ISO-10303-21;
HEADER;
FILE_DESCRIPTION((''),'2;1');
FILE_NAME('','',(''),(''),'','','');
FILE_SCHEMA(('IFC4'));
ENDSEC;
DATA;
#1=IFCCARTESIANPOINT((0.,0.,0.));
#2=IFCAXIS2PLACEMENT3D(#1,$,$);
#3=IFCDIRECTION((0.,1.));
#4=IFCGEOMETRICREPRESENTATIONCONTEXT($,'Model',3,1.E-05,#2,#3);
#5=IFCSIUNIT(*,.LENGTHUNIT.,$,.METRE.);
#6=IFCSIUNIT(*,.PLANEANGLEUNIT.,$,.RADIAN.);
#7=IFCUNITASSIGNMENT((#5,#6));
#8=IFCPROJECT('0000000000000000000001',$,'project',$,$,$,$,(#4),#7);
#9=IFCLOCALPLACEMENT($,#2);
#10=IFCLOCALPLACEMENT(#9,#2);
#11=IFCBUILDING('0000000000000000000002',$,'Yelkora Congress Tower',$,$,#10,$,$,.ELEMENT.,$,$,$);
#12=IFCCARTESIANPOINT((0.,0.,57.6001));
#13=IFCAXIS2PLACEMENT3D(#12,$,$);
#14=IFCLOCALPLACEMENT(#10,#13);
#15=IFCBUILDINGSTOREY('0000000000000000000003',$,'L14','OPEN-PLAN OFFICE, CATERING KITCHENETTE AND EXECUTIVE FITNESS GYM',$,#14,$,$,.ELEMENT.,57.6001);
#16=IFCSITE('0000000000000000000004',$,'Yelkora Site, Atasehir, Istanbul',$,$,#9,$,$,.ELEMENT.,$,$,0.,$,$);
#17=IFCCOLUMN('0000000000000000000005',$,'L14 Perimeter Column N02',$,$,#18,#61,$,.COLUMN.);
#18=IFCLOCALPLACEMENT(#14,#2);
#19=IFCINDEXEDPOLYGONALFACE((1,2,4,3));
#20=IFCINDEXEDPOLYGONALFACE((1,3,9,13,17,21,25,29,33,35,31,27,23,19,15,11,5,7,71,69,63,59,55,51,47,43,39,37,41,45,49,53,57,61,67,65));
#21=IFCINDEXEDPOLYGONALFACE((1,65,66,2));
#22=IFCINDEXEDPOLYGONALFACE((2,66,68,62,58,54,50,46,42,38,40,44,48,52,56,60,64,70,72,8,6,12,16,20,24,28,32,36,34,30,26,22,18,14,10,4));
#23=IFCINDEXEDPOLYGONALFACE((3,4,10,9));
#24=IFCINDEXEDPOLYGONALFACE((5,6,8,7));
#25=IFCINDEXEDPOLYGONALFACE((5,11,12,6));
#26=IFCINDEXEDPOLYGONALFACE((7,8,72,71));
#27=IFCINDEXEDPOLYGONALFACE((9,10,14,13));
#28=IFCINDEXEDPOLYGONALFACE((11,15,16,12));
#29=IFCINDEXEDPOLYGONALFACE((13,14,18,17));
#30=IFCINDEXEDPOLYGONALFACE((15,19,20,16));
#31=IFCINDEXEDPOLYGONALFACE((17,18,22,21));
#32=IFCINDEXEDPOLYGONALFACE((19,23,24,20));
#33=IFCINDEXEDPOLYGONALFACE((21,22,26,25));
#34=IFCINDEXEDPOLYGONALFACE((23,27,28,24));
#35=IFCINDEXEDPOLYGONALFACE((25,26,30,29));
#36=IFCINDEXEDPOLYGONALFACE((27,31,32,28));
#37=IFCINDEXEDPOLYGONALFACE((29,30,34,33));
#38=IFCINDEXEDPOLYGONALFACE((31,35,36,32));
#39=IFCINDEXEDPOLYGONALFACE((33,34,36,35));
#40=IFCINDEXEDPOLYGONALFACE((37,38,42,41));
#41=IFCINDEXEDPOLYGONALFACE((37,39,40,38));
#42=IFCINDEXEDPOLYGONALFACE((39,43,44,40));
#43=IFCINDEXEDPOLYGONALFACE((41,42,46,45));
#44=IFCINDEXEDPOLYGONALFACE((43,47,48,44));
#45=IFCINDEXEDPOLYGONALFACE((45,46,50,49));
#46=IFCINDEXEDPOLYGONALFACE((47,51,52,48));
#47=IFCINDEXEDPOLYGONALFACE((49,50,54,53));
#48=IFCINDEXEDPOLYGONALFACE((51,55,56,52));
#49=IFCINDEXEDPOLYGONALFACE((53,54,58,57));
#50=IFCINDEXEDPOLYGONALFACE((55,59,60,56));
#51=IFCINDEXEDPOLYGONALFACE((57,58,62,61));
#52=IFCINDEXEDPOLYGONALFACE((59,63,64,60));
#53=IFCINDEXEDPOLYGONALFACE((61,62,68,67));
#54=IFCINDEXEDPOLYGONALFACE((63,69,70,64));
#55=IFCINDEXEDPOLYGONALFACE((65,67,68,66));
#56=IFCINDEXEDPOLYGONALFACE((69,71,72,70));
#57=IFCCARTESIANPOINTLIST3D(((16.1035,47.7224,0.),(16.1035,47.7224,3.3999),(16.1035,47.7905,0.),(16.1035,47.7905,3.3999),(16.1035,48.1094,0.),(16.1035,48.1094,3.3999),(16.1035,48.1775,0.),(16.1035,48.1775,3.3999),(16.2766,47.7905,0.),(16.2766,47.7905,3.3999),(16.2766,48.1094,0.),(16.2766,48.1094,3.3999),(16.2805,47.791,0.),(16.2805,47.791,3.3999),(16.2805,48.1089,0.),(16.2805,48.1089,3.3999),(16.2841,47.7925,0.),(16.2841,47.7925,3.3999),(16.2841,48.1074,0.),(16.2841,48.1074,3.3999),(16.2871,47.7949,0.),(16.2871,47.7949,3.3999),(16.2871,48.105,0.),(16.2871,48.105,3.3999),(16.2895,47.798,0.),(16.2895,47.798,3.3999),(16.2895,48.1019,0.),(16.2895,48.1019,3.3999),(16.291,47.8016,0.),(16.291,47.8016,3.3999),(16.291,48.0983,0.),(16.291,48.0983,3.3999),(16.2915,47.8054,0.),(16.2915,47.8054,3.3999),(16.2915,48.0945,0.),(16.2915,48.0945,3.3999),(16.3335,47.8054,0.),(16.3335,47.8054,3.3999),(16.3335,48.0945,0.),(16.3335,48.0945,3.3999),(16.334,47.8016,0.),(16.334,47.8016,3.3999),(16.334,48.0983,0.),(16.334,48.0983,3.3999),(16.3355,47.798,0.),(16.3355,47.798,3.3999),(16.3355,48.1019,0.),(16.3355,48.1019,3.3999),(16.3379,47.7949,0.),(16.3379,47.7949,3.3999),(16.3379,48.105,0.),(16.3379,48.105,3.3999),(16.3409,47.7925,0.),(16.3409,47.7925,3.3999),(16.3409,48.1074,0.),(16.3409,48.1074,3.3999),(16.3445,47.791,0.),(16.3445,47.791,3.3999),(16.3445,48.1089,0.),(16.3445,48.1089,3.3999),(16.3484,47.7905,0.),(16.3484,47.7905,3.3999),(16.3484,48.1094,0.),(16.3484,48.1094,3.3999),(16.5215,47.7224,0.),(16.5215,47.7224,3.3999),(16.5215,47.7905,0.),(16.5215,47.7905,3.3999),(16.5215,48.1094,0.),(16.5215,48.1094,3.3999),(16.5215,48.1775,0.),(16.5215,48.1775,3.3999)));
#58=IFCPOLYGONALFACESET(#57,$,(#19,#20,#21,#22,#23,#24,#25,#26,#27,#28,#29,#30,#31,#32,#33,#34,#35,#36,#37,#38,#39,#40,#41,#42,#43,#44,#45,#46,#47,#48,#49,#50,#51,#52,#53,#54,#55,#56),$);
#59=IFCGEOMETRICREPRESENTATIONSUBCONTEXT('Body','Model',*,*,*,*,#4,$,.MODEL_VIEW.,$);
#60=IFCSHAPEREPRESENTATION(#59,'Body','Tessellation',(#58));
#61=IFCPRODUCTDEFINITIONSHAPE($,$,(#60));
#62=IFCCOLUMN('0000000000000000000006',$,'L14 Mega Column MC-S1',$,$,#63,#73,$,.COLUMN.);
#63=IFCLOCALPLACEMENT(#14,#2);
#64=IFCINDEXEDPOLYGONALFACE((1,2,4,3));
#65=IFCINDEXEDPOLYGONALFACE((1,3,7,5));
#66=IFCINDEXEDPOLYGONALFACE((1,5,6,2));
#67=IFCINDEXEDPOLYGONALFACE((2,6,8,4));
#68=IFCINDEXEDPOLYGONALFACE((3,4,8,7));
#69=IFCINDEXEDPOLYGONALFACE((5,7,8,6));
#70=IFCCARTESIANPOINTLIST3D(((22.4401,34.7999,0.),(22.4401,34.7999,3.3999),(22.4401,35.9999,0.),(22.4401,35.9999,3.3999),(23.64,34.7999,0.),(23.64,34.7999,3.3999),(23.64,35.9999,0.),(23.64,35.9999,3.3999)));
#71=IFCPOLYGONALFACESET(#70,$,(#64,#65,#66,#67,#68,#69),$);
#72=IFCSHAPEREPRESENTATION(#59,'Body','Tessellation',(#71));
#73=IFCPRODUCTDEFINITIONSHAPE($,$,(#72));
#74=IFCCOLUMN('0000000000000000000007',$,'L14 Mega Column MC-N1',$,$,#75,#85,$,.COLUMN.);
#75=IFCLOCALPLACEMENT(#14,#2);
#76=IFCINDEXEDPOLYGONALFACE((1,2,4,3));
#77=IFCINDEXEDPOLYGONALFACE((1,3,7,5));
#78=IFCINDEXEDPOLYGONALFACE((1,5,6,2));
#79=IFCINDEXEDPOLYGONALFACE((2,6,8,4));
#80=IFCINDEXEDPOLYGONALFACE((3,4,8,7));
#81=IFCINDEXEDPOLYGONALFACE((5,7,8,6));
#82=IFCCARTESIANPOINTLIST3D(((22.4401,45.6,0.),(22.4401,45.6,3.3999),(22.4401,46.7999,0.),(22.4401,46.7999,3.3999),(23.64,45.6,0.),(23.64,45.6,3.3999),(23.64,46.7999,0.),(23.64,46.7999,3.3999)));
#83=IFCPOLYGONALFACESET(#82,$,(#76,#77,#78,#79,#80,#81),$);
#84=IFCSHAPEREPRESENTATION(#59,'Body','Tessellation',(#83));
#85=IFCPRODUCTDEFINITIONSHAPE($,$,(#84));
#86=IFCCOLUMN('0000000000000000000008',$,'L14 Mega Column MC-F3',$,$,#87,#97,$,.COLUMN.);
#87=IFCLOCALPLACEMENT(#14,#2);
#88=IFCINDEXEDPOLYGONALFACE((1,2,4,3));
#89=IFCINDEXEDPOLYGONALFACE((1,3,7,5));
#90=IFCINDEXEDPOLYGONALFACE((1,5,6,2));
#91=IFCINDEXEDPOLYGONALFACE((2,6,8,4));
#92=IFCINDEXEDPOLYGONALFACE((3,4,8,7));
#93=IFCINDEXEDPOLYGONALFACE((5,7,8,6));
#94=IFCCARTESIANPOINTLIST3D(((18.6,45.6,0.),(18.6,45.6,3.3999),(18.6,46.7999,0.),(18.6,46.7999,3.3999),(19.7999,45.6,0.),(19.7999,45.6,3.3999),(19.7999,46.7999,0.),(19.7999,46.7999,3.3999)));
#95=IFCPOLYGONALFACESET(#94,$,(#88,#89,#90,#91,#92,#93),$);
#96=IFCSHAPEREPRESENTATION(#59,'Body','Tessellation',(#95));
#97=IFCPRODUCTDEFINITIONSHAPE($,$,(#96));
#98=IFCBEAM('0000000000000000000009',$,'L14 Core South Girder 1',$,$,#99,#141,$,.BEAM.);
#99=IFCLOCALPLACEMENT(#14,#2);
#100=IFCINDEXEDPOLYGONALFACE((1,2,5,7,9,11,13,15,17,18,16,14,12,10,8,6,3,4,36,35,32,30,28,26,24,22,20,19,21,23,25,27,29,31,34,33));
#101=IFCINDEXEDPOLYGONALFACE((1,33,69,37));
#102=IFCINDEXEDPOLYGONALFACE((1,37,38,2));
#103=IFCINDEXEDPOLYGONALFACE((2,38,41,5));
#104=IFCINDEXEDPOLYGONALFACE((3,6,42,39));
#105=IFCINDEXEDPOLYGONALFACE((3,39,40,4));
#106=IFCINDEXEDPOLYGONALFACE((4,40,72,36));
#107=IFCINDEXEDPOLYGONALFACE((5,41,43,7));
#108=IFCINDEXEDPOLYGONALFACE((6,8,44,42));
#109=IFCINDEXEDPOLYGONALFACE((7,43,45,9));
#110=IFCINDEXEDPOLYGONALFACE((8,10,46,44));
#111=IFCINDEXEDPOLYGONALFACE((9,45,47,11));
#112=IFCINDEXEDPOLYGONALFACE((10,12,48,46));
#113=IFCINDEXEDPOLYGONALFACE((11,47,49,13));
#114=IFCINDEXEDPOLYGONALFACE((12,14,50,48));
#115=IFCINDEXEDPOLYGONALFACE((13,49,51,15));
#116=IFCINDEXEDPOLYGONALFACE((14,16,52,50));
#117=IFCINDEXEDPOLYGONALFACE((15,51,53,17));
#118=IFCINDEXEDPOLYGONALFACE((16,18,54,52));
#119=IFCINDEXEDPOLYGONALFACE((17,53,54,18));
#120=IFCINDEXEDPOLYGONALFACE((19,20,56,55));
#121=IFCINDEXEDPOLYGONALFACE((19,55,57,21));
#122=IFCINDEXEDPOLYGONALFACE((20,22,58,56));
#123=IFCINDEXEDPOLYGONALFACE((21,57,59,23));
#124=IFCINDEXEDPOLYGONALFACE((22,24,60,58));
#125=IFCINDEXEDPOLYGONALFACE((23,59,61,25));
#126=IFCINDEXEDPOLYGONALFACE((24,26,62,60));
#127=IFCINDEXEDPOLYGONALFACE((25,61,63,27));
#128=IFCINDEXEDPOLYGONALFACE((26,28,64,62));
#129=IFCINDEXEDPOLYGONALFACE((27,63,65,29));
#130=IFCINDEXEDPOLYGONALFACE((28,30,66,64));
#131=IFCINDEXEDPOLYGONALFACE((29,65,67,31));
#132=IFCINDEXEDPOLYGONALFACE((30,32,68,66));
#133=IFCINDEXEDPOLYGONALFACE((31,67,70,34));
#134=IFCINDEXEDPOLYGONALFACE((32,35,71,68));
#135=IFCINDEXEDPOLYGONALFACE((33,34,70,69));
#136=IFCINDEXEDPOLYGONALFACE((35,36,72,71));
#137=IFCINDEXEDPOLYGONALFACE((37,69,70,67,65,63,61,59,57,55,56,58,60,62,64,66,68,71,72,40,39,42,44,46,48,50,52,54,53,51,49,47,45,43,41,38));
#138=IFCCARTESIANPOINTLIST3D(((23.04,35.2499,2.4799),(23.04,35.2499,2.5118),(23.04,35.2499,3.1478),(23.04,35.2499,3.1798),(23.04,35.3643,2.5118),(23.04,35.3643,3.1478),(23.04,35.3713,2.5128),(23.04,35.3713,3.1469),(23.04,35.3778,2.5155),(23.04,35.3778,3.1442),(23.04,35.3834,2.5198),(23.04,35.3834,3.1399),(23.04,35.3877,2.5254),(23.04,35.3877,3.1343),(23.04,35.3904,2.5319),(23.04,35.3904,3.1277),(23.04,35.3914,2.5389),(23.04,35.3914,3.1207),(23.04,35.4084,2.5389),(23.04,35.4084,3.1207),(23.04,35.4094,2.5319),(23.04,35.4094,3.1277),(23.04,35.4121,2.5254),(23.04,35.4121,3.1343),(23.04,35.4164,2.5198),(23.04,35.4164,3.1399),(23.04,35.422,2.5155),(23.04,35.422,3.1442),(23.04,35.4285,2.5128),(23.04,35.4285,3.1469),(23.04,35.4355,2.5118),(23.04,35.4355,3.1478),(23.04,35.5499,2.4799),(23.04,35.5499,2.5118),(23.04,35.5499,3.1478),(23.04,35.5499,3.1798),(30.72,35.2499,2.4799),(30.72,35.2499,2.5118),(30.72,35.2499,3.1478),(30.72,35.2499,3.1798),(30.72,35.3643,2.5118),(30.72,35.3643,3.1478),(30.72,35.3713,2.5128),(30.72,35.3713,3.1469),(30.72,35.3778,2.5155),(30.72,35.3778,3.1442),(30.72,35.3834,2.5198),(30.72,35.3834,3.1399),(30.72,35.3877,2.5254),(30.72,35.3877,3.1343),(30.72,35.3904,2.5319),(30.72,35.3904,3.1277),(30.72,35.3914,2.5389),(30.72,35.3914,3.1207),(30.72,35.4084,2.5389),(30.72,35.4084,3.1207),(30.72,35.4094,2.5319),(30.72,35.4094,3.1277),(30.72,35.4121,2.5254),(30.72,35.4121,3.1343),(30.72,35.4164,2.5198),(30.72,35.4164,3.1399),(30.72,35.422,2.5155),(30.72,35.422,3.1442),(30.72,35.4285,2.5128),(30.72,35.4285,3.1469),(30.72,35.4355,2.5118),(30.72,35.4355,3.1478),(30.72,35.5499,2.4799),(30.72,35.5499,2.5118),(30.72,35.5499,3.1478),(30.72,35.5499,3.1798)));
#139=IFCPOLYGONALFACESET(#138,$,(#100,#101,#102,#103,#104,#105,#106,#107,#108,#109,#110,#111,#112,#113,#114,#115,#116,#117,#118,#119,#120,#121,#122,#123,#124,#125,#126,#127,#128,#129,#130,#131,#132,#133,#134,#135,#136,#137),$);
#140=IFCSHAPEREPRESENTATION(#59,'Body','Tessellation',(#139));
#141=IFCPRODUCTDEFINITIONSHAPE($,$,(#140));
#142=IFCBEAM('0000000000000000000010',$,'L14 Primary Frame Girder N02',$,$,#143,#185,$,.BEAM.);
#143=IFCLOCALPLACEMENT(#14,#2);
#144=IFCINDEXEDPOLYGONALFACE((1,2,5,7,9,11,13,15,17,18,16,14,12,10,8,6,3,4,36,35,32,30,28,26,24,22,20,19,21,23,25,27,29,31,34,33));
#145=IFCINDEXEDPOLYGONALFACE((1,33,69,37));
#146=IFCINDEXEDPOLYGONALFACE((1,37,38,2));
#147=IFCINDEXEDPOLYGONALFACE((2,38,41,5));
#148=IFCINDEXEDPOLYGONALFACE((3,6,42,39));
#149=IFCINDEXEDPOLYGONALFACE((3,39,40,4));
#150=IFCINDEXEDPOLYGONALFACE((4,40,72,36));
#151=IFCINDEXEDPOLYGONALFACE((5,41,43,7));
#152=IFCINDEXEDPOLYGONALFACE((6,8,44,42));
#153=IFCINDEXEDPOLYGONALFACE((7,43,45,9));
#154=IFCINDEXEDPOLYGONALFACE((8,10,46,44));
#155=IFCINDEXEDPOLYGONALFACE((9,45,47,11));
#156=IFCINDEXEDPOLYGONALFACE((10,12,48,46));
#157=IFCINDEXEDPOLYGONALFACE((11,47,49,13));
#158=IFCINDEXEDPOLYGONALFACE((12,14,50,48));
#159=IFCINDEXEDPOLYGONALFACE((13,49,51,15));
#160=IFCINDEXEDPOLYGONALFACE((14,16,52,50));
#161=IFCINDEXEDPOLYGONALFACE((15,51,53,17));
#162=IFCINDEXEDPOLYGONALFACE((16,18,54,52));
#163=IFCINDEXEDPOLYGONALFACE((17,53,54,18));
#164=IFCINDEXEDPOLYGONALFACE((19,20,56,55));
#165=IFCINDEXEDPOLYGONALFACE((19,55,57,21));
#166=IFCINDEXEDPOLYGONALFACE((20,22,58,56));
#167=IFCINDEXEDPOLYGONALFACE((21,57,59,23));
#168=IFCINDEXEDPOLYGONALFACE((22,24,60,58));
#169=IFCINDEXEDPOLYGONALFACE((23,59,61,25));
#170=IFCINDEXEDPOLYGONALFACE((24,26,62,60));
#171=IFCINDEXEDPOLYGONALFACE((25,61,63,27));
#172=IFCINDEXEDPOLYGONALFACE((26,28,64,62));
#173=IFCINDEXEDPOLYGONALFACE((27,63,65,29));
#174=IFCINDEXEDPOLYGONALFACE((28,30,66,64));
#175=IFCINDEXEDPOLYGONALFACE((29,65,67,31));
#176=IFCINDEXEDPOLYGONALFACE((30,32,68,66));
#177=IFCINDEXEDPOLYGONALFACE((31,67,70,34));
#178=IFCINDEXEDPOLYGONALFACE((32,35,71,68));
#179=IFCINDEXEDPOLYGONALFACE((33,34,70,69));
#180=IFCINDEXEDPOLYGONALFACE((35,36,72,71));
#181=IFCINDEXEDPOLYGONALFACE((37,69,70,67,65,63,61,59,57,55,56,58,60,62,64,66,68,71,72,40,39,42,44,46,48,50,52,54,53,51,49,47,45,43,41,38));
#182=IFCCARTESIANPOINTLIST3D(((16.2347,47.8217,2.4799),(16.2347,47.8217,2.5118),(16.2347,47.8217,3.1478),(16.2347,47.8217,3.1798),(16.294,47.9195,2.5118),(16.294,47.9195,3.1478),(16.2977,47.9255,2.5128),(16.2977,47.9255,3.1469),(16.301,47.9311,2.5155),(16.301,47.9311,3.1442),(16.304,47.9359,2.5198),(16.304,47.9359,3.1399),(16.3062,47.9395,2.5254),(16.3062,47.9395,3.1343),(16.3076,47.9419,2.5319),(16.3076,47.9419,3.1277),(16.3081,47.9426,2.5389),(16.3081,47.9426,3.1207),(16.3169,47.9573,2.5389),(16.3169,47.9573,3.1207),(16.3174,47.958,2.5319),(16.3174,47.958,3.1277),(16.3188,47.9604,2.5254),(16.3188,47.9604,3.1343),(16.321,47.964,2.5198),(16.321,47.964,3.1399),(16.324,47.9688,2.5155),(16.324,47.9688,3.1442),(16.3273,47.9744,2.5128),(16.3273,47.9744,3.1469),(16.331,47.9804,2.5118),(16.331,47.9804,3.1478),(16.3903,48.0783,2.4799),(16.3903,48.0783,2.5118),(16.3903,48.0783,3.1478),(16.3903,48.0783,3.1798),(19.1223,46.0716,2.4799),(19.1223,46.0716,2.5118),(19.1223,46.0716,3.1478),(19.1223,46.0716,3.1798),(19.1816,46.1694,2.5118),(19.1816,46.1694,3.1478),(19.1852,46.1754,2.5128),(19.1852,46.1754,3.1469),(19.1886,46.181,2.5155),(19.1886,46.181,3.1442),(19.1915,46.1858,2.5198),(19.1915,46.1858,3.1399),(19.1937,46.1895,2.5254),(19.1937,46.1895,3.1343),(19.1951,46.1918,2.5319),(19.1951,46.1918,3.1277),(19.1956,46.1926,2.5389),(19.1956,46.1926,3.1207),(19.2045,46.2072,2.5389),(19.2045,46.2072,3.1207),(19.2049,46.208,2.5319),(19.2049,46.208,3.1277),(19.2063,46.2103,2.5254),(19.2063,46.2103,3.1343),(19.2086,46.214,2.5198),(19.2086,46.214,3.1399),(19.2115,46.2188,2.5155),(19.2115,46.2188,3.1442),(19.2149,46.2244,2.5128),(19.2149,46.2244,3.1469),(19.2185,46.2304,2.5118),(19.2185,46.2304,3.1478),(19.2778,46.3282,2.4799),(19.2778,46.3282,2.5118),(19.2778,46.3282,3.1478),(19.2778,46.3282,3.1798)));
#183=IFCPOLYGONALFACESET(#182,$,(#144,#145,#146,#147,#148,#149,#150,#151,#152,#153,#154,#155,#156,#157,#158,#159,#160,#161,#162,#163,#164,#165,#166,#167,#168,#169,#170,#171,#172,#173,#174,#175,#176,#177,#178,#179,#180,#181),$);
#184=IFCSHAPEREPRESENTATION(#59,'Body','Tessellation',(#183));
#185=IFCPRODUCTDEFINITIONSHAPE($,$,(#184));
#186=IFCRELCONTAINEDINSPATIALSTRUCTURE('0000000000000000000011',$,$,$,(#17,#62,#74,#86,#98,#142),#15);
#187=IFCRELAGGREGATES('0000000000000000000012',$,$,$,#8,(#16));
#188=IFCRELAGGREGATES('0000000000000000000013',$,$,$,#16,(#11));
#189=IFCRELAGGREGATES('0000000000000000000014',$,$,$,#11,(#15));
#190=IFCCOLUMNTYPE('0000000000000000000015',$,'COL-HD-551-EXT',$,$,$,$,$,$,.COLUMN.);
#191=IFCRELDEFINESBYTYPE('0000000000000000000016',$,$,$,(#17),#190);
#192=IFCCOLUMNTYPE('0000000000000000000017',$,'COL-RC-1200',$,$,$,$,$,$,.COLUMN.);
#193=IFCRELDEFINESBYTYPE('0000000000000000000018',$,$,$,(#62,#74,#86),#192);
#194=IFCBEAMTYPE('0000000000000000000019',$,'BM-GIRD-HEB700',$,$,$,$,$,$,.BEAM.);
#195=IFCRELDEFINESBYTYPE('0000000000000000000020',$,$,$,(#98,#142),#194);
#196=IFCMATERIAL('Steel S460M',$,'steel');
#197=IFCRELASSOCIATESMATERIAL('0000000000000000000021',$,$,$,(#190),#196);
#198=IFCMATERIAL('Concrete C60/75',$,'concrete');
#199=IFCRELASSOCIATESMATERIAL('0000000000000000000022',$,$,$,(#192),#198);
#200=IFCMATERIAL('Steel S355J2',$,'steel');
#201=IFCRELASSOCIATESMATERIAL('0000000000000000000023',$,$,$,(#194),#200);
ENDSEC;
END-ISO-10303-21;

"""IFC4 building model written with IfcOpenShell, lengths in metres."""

from ifc_helpers import new_model, si_unit, direction, frame, origin, origin_2d, place, context, subcontext, project, spatial, rectangle, i_section, extrude, material, material_profile, profile_set, type_object, element, save


model = new_model("IFC4")

# Units and contexts
model_context = context("Model", 3, precision=1e-05, world=origin(), true_north=direction((0.0, 1.0)))
body_context = subcontext(model_context, "Body", "Model", "MODEL_VIEW")
ifc_project = project(units=[si_unit("LENGTHUNIT", "METRE"), si_unit("PLANEANGLEUNIT", "RADIAN")], contexts=[model_context])

# Site, building, storey
site_placement = place(None, origin())
site = spatial("IfcSite", under=ifc_project, at=site_placement, Name="Yelkora Site, Atasehir, Istanbul", CompositionType="ELEMENT", RefElevation=0.0)
building_placement = place(site_placement, origin())
building = spatial("IfcBuilding", under=site, at=building_placement, Name="Yelkora Congress Tower", CompositionType="ELEMENT")
storey_placement = place(building_placement, frame((0.0, 0.0, 57.6001)))
storey = spatial("IfcBuildingStorey", under=building, at=storey_placement, Name="L14", Description="OPEN-PLAN OFFICE, CATERING KITCHENETTE AND EXECUTIVE FITNESS GYM", CompositionType="ELEMENT", Elevation=57.6001)

# Columns
ifc_material_1 = material(Name="Steel S460M", Category="steel")
ifc_material_profile_1 = material_profile(ifc_material_1, i_section(OverallWidth=0.418, OverallDepth=0.4551, WebThickness=0.042, FlangeThickness=0.0681, FilletRadius=0.0149, at=origin_2d()), Name="HD 400x551")
ifc_profile_set_1 = profile_set([ifc_material_profile_1], Name="Steel S460M")
column_type_1 = type_object("IfcColumnType", Name="COL-HD-551-EXT", PredefinedType="COLUMN", material=ifc_profile_set_1)
column_placement = place(storey_placement, frame((16.3125, 47.95, 0.0), z_axis=(0.0, 0.0, 1.0), x_axis=(1.0, 0.0, 0.0)))
element("IfcColumn", 1, at=column_placement, inside=storey, type_object=column_type_1, Name="L14 Perimeter Column N02", PredefinedType="COLUMN", context=body_context, shape_type="SweptSolid", body=[
    extrude(i_section(OverallWidth=0.418, OverallDepth=0.4551, WebThickness=0.042, FlangeThickness=0.0681, FilletRadius=0.0149, at=origin_2d()), origin(), (0.0, 0.0, 1.0), 3.3999),
])
ifc_material_2 = material(Name="Concrete C60/75", Category="concrete")
ifc_material_profile_2 = material_profile(ifc_material_2, rectangle(XDim=1.2, YDim=1.2, at=origin_2d()), Name="RC 1200x1200")
ifc_profile_set_2 = profile_set([ifc_material_profile_2], Name="Concrete C60/75")
column_type_2 = type_object("IfcColumnType", Name="COL-RC-1200", PredefinedType="COLUMN", material=ifc_profile_set_2)
for number, where, z_axis, x_axis, name in (
    (2, (23.04, 35.3999, 0.0), (0.0, 0.0, 1.0), (1.0, 0.0, 0.0), "L14 Mega Column MC-S1"),
    (3, (23.04, 46.2, 0.0), (0.0, 0.0, 1.0), (1.0, 0.0, 0.0), "L14 Mega Column MC-N1"),
    (4, (19.2, 46.2, 0.0), (0.0, 0.0, 1.0), (1.0, 0.0, 0.0), "L14 Mega Column MC-F3"),
):
    element("IfcColumn", number, at=place(storey_placement, frame(where, z_axis=z_axis, x_axis=x_axis)), inside=storey, type_object=column_type_2, Name=name, PredefinedType="COLUMN", context=body_context, shape_type="SweptSolid", body=[
        extrude(rectangle(XDim=1.2, YDim=1.2, at=origin_2d()), origin(), (0.0, 0.0, 1.0), 3.3999),
    ])

# Beams
ifc_material_3 = material(Name="Steel S355J2", Category="steel")
ifc_material_profile_3 = material_profile(ifc_material_3, i_section(OverallWidth=0.3, OverallDepth=0.7, WebThickness=0.0171, FlangeThickness=0.032, FilletRadius=0.0271, at=origin_2d()), Name="HEB 700")
ifc_profile_set_3 = profile_set([ifc_material_profile_3], Name="Steel S355J2")
beam_type_1 = type_object("IfcBeamType", Name="BM-GIRD-HEB700", PredefinedType="BEAM", material=ifc_profile_set_3)
beam_1_placement = place(storey_placement, frame((23.04, 35.3999, 2.8298), z_axis=(1.0, 0.0, 0.0), x_axis=(0.0, 1.0, 0.0)))
element("IfcBeam", 5, at=beam_1_placement, inside=storey, type_object=beam_type_1, Name="L14 Core South Girder 1", PredefinedType="BEAM", context=body_context, shape_type="SweptSolid", body=[
    extrude(i_section(OverallWidth=0.3, OverallDepth=0.7, WebThickness=0.0171, FlangeThickness=0.032, FilletRadius=0.0271, at=origin_2d()), origin(), (0.0, 0.0, 1.0), 7.6799),
])
beam_2_placement = place(storey_placement, frame((16.3125, 47.95, 2.8298), z_axis=(0.855194, -0.518308, 0.0), x_axis=(0.518308, 0.855194, 0.0)))
element("IfcBeam", 6, at=beam_2_placement, inside=storey, type_object=beam_type_1, Name="L14 Primary Frame Girder N02", PredefinedType="BEAM", context=body_context, shape_type="SweptSolid", body=[
    extrude(i_section(OverallWidth=0.3, OverallDepth=0.7, WebThickness=0.0171, FlangeThickness=0.032, FilletRadius=0.0271, at=origin_2d()), origin(), (0.0, 0.0, 1.0), 3.3765),
])

save(model, "model.ifc")
